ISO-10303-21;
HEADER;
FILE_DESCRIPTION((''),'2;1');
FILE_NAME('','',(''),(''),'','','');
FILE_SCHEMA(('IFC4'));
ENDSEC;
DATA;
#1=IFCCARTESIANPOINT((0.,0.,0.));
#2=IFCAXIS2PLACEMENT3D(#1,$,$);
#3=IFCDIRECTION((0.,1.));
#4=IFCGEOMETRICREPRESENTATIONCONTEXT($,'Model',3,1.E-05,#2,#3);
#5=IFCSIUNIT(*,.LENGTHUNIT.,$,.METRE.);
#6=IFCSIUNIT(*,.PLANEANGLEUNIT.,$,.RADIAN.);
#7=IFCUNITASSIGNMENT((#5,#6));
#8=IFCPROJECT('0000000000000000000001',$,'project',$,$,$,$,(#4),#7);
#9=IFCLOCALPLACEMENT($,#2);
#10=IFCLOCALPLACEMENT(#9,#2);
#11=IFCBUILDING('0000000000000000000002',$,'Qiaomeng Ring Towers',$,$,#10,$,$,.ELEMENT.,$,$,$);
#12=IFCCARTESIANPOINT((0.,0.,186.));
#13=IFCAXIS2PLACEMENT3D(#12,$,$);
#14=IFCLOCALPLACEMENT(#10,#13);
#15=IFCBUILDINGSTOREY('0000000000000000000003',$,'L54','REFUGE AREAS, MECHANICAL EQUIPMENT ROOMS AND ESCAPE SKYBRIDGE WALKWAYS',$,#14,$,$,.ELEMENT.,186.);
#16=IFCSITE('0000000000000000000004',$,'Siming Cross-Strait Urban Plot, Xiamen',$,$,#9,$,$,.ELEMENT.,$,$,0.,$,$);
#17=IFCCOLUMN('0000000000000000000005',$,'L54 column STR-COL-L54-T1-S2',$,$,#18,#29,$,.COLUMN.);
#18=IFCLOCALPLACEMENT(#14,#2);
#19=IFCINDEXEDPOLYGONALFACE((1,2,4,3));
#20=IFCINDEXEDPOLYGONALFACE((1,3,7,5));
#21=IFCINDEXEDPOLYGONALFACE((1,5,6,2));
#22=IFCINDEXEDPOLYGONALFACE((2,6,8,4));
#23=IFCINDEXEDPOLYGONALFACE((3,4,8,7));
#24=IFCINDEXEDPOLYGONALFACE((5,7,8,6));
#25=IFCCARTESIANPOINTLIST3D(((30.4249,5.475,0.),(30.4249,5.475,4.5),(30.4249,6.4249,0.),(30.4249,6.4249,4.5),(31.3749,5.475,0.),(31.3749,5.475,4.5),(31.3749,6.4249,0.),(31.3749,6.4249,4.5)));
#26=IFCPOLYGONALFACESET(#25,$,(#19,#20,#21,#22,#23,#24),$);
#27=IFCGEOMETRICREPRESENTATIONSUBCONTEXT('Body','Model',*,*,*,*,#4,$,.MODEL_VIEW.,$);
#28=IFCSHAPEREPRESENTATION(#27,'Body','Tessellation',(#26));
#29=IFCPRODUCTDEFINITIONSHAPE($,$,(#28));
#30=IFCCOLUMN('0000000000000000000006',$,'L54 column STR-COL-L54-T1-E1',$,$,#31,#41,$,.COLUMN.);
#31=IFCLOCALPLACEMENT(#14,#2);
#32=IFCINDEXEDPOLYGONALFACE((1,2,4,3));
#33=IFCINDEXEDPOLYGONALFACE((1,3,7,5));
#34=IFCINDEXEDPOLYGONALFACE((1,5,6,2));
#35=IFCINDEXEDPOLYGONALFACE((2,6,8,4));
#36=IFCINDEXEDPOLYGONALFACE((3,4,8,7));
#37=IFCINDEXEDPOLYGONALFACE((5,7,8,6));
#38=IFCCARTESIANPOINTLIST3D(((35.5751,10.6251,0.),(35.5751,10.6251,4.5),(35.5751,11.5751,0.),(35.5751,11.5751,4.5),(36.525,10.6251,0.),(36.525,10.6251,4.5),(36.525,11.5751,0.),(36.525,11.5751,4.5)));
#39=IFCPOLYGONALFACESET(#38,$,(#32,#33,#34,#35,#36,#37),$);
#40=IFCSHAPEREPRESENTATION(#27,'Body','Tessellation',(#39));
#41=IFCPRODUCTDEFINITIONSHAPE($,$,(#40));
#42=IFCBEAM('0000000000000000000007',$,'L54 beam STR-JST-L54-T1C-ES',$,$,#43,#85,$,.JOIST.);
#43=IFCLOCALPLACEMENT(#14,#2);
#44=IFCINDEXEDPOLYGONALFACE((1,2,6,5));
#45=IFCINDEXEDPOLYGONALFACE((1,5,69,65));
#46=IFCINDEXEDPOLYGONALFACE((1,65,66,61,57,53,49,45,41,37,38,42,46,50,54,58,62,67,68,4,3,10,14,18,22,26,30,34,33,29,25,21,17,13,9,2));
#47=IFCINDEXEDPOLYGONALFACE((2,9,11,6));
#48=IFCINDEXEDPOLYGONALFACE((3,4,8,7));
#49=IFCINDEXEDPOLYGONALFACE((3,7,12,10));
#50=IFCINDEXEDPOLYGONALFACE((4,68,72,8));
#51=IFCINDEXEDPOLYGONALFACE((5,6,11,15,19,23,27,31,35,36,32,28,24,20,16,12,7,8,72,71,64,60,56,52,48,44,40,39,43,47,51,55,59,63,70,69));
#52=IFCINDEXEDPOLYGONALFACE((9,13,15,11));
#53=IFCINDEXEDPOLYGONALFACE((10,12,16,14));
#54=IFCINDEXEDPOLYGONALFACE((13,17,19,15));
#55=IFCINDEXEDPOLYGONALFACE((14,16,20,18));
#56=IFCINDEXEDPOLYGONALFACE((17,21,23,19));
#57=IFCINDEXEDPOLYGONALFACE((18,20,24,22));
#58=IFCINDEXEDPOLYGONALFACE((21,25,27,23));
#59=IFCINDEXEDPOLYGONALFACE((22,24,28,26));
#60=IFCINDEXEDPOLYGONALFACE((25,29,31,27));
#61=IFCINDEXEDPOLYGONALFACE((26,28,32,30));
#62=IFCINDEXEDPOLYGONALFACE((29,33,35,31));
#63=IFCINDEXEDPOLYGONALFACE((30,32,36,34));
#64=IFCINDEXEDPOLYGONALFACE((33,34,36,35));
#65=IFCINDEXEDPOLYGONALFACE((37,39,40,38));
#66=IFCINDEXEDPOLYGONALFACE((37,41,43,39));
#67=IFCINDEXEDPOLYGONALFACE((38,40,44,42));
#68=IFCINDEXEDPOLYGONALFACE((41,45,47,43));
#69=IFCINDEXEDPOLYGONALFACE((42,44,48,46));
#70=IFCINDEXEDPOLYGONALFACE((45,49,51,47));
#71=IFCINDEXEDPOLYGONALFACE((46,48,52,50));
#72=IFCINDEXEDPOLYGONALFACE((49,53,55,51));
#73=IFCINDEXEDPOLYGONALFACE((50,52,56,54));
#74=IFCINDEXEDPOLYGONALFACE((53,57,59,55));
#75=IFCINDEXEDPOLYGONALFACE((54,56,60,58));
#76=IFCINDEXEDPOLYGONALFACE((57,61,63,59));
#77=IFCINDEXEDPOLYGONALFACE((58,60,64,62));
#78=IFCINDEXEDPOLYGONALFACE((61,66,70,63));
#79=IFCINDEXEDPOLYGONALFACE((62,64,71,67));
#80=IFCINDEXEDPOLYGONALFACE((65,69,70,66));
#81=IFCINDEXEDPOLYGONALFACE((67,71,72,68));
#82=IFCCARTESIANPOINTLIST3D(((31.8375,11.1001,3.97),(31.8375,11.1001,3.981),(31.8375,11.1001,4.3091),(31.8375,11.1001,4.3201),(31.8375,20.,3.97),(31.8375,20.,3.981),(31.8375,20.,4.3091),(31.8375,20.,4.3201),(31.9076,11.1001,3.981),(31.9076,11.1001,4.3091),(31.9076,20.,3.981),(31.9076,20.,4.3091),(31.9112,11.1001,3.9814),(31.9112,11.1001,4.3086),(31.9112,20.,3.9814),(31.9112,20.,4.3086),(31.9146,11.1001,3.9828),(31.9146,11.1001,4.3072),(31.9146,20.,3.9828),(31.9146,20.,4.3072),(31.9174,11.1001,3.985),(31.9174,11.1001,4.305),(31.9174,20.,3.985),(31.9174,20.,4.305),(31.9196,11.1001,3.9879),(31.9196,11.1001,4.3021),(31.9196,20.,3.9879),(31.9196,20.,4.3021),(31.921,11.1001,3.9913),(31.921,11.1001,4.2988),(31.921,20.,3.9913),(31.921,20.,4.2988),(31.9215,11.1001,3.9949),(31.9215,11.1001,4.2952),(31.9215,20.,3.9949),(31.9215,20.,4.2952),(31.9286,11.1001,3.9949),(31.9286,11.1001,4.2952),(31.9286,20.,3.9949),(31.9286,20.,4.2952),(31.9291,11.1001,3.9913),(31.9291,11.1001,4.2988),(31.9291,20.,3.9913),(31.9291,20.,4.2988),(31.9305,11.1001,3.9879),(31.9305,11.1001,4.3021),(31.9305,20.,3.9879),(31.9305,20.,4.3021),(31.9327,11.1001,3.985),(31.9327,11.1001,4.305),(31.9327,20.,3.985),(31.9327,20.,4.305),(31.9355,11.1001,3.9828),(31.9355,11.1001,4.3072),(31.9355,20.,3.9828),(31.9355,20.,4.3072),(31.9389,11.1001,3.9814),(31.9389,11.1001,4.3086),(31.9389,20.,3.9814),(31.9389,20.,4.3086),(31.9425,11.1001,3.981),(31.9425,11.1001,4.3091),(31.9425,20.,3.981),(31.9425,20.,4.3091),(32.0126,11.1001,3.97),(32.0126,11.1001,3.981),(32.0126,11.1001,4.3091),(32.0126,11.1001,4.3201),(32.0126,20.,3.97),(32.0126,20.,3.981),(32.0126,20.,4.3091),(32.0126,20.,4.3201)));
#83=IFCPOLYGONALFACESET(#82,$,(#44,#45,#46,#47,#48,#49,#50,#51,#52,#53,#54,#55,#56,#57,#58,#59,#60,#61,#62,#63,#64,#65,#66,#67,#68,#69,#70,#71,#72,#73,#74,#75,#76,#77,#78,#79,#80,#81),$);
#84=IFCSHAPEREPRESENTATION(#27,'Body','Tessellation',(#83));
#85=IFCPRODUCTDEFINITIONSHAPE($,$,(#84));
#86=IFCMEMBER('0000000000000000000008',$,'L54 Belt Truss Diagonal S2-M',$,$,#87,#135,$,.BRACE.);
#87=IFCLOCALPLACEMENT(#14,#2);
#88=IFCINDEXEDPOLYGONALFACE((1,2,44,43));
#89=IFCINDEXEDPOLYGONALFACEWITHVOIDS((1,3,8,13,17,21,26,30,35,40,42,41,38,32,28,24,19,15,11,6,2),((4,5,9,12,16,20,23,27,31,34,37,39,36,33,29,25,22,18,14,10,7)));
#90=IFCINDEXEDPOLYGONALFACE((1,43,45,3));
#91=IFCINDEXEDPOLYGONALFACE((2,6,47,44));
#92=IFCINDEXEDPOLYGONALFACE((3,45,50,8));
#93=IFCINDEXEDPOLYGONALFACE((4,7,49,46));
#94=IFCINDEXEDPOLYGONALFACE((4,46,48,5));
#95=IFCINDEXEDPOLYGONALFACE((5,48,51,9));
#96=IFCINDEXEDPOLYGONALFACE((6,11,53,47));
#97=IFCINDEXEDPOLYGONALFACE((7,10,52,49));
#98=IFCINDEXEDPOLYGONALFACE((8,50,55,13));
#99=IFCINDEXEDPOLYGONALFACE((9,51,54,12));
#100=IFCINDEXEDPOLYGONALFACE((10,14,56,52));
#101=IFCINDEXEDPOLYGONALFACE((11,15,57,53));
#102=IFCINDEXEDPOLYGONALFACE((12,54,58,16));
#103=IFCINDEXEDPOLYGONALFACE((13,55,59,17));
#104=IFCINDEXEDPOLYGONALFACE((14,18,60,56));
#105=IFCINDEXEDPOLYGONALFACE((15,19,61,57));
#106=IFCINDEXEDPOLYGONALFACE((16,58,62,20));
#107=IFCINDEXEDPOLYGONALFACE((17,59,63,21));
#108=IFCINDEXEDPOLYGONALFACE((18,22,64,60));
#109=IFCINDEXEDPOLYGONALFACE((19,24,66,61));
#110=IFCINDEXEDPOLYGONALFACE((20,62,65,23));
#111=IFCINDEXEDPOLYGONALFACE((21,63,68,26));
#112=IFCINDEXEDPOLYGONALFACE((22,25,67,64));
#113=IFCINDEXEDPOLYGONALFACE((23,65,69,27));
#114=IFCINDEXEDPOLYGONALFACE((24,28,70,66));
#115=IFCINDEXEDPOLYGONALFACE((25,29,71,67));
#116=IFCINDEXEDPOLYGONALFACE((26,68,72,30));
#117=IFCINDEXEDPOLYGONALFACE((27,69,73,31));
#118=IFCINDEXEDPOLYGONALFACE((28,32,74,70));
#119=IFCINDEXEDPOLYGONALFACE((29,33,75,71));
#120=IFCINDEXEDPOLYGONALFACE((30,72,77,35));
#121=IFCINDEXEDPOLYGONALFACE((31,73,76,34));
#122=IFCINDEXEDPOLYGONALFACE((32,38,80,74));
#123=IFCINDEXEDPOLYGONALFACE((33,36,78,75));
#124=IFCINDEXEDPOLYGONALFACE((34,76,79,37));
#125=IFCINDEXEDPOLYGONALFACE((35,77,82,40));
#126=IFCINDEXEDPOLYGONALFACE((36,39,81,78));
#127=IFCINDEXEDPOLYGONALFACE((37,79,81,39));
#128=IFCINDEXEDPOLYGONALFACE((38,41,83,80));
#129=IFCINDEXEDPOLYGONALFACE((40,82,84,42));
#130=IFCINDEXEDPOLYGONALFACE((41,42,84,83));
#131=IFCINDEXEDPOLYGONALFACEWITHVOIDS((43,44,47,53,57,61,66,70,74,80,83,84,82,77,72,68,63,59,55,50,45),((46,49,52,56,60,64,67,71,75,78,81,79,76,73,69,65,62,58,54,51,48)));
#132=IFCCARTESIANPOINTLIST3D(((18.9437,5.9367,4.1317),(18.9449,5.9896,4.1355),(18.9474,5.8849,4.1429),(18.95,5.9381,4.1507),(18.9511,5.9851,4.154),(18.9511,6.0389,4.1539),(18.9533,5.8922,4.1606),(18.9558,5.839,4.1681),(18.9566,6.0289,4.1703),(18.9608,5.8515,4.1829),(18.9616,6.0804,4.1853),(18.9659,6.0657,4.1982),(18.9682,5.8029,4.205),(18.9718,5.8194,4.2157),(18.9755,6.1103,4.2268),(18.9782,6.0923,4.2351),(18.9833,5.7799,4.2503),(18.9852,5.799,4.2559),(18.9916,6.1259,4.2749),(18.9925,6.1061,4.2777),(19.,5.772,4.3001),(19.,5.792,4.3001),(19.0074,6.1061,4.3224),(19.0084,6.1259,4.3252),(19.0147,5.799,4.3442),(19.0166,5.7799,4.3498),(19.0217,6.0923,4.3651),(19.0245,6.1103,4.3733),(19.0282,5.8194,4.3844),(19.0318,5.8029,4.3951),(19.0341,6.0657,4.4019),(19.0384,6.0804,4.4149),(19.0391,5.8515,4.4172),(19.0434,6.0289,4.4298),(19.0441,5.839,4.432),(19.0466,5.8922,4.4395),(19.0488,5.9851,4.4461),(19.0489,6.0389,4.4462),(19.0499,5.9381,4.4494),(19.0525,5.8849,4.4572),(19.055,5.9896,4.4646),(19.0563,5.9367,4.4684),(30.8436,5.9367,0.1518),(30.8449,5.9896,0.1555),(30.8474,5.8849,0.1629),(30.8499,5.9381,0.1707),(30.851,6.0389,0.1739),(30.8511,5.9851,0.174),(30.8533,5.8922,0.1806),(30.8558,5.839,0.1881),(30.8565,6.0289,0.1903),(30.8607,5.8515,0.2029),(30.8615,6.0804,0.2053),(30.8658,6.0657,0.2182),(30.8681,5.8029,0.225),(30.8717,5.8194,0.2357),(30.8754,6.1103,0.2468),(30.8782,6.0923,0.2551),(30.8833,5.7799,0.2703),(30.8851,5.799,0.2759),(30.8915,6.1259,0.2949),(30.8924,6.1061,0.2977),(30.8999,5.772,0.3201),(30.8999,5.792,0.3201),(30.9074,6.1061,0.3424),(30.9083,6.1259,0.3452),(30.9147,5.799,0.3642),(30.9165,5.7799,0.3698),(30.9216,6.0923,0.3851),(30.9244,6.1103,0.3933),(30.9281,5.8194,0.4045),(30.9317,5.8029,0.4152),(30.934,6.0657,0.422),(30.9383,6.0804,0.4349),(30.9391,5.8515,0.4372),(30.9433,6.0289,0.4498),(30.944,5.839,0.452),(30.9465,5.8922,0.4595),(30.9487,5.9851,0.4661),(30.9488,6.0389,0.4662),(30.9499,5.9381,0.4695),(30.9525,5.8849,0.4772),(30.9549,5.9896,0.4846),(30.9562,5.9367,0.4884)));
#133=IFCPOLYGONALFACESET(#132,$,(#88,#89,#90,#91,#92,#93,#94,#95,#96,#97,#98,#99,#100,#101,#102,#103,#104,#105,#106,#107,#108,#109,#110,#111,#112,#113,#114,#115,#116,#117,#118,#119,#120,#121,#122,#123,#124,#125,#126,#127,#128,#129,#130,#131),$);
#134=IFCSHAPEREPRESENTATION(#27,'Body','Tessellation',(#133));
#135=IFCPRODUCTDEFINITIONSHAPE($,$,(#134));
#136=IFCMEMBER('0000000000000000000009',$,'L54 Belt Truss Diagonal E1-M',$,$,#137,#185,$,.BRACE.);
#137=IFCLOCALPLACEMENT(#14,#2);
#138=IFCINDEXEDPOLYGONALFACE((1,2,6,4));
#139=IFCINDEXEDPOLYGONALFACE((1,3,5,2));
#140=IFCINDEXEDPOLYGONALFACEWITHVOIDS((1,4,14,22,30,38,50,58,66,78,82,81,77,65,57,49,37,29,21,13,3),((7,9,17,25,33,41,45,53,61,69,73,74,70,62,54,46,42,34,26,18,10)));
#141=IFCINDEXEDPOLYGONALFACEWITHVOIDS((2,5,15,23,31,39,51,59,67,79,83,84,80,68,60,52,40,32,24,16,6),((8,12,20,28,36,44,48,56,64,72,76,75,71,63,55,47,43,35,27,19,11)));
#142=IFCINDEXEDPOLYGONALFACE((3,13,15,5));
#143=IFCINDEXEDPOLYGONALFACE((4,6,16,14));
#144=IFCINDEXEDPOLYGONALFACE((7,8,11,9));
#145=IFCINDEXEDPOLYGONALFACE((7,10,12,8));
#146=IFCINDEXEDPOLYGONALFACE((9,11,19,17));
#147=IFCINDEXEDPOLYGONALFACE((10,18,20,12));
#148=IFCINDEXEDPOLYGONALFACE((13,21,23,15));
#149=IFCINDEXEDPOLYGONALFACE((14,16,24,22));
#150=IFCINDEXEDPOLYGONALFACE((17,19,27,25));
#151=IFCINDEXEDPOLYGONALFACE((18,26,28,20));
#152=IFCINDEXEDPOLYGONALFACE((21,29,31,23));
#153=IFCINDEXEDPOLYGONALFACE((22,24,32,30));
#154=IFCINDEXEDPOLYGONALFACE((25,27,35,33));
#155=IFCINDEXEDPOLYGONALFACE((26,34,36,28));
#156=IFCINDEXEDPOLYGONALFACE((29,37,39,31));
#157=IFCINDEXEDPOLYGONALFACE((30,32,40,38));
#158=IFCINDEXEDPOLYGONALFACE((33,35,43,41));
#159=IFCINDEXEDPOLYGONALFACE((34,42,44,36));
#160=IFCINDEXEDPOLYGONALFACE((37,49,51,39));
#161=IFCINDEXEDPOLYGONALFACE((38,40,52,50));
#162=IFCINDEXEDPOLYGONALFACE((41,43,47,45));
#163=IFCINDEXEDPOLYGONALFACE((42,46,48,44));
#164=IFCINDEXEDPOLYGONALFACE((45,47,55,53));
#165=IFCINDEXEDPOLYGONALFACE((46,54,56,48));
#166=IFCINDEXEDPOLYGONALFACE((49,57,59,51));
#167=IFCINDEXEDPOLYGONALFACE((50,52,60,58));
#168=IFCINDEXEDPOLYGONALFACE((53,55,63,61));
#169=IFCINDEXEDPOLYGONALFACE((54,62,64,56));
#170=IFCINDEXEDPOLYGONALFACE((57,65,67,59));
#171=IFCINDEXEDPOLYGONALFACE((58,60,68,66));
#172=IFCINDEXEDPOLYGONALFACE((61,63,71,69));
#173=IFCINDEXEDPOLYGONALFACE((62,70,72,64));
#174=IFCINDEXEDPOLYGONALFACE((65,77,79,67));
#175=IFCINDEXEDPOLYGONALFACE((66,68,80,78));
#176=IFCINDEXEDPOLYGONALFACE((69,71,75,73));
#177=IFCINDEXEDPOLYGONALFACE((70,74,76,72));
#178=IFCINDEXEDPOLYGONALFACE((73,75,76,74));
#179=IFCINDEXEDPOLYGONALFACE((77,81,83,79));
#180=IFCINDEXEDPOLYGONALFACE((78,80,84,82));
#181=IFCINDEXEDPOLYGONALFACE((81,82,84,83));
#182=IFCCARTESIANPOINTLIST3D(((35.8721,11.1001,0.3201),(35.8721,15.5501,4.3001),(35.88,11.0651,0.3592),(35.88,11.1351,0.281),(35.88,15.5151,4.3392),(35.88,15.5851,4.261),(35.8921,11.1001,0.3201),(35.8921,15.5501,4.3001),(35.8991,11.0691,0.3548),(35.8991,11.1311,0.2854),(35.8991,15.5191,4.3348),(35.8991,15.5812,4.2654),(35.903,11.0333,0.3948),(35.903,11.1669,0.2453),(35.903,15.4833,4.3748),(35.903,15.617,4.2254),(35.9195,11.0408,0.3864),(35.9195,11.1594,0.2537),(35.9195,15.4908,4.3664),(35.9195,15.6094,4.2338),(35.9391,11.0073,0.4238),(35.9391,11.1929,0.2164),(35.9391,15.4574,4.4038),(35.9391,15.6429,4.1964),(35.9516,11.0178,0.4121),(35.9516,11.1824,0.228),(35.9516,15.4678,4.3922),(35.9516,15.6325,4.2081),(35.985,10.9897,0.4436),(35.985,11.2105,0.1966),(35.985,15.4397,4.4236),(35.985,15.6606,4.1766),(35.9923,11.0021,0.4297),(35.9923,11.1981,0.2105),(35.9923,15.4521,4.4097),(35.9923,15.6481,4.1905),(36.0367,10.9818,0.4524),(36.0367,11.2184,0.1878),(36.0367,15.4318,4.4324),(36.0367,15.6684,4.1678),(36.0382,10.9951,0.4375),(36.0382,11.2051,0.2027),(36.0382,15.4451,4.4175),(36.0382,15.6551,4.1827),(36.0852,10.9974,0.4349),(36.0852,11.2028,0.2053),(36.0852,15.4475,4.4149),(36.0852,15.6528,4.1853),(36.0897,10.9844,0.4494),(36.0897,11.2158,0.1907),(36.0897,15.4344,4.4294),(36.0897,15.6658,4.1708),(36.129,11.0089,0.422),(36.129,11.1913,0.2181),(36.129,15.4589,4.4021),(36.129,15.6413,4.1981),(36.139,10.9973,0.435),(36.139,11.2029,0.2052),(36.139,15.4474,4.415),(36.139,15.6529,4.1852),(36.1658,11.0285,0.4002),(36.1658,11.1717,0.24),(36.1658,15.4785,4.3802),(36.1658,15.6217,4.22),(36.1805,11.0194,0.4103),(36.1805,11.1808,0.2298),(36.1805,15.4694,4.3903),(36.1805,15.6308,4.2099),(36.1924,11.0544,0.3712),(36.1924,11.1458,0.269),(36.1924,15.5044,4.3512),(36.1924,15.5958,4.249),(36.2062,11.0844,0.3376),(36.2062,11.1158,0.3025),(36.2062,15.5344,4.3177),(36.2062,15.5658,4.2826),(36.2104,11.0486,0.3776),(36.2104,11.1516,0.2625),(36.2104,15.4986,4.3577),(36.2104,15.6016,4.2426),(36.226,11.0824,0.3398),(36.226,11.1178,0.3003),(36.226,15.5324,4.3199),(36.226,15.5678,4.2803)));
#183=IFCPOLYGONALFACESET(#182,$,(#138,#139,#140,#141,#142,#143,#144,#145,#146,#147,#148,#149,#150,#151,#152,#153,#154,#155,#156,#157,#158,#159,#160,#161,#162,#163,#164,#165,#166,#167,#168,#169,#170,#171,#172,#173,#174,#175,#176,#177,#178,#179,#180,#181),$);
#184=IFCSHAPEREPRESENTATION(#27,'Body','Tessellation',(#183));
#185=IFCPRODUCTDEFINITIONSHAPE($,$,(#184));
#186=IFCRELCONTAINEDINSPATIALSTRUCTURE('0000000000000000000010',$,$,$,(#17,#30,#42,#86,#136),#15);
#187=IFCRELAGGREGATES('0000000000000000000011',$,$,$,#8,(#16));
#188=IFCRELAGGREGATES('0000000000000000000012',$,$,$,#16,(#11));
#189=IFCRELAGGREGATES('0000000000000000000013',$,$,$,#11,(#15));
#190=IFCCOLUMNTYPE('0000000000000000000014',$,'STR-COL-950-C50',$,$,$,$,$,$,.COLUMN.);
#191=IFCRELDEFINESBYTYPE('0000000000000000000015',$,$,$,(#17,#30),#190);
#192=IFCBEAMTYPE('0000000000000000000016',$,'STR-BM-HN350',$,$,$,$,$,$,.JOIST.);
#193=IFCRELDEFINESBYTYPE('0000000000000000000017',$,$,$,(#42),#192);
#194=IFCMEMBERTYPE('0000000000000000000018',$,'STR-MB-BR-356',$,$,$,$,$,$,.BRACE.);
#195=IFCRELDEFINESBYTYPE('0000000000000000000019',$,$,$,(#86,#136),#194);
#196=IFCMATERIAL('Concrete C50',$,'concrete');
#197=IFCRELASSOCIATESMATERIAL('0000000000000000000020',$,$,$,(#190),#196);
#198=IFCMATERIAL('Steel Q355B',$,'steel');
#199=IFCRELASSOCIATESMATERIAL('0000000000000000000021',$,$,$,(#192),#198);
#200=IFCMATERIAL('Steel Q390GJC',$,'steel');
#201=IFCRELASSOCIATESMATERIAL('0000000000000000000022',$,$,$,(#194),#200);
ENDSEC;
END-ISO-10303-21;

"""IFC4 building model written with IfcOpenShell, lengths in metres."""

from ifc_helpers import new_model, si_unit, direction, frame, origin, origin_2d, place, context, subcontext, project, spatial, rectangle, hollow_circle, i_section, extrude, source, transform, mapped, material, material_profile, profile_set, type_object, element, save


model = new_model("IFC4")

# Units and contexts
model_context = context("Model", 3, precision=1e-05, world=origin(), true_north=direction((0.0, 1.0)))
body_context = subcontext(model_context, "Body", "Model", "MODEL_VIEW")
ifc_project = project(units=[si_unit("LENGTHUNIT", "METRE"), si_unit("PLANEANGLEUNIT", "RADIAN")], contexts=[model_context])

# Site, building, storey
site_placement = place(None, origin())
site = spatial("IfcSite", under=ifc_project, at=site_placement, Name="Siming Cross-Strait Urban Plot, Xiamen", CompositionType="ELEMENT", RefElevation=0.0)
building_placement = place(site_placement, origin())
building = spatial("IfcBuilding", under=site, at=building_placement, Name="Qiaomeng Ring Towers", CompositionType="ELEMENT")
storey_placement = place(building_placement, frame((0.0, 0.0, 186.0)))
storey = spatial("IfcBuildingStorey", under=building, at=storey_placement, Name="L54", Description="REFUGE AREAS, MECHANICAL EQUIPMENT ROOMS AND ESCAPE SKYBRIDGE WALKWAYS", CompositionType="ELEMENT", Elevation=186.0)

# Columns
ifc_material_1 = material(Name="Concrete C50", Category="concrete")
ifc_material_profile_1 = material_profile(ifc_material_1, rectangle(XDim=0.95, YDim=0.95, at=origin_2d()), Name="RC COL 950x950")
ifc_profile_set_1 = profile_set([ifc_material_profile_1], Name="Concrete C50")
column_type = type_object("IfcColumnType", Name="STR-COL-950-C50", PredefinedType="COLUMN", material=ifc_profile_set_1)
shared_shape_1 = source(origin(), body_context, "Body", "SweptSolid", [
    extrude(rectangle(XDim=0.95, YDim=0.95, at=origin_2d()), origin(), (0.0, 0.0, 1.0), 4.5),
])
for number, where, z_axis, x_axis, name in (
    (1, (30.8999, 5.95, 0.0), (0.0, 0.0, 1.0), (1.0, 0.0, 0.0), "L54 column STR-COL-L54-T1-S2"),
    (2, (36.05, 11.1001, 0.0), (0.0, 0.0, 1.0), (1.0, 0.0, 0.0), "L54 column STR-COL-L54-T1-E1"),
):
    element("IfcColumn", number, at=place(storey_placement, frame(where, z_axis=z_axis, x_axis=x_axis)), inside=storey, type_object=column_type, Name=name, PredefinedType="COLUMN", context=body_context, shape_type="MappedRepresentation", body=[
        mapped(shared_shape_1, transform((0.0, 0.0, 0.0), x_axis=(1.0, 0.0, 0.0), y_axis=(0.0, 1.0, 0.0), z_axis=(0.0, 0.0, 1.0), scale=1.0)),
    ])

# Beam
ifc_material_2 = material(Name="Steel Q355B", Category="steel")
ifc_material_profile_2 = material_profile(ifc_material_2, i_section(OverallWidth=0.175, OverallDepth=0.3501, WebThickness=0.0071, FlangeThickness=0.011, FilletRadius=0.0139, at=origin_2d()), Name="HN 350x175x7x11")
ifc_profile_set_2 = profile_set([ifc_material_profile_2], Name="Steel Q355B")
beam_type_1 = type_object("IfcBeamType", Name="STR-BM-HN350", PredefinedType="JOIST", material=ifc_profile_set_2)
shared_shape_2 = source(origin(), body_context, "Body", "SweptSolid", [
    extrude(i_section(OverallWidth=0.175, OverallDepth=0.3501, WebThickness=0.0071, FlangeThickness=0.011, FilletRadius=0.0139, at=origin_2d()), origin(), (0.0, 0.0, 1.0), 8.8999),
])
beam_1_placement = place(storey_placement, frame((31.925, 11.1001, 4.145), z_axis=(0.0, 1.0, 0.0), x_axis=(-1.0, 0.0, 0.0)))
element("IfcBeam", 3, at=beam_1_placement, inside=storey, type_object=beam_type_1, Name="L54 beam STR-JST-L54-T1C-ES", PredefinedType="JOIST", context=body_context, shape_type="MappedRepresentation", body=[
    mapped(shared_shape_2, transform((0.0, 0.0, 0.0), x_axis=(1.0, 0.0, 0.0), y_axis=(0.0, 1.0, 0.0), z_axis=(0.0, 0.0, 1.0), scale=1.0)),
])

# Members
ifc_material_3 = material(Name="Steel Q390GJC", Category="steel")
ifc_material_profile_3 = material_profile(ifc_material_3, hollow_circle(Radius=0.178, WallThickness=0.02, at=origin_2d()), Name="CHS 356x20")
ifc_profile_set_3 = profile_set([ifc_material_profile_3], Name="Steel Q390GJC")
member_type_1 = type_object("IfcMemberType", Name="STR-MB-BR-356", PredefinedType="BRACE", material=ifc_profile_set_3)
shared_shape_3 = source(origin(), body_context, "Body", "SweptSolid", [
    extrude(hollow_circle(Radius=0.178, WallThickness=0.02, at=origin_2d()), origin(), (0.0, 0.0, 1.0), 12.5479),
])
member_1_placement = place(storey_placement, frame((30.8999, 5.95, 0.3201), z_axis=(-0.948364, 0.0, 0.317185), x_axis=(0.0, -1.0, 0.0)))
element("IfcMember", 4, at=member_1_placement, inside=storey, type_object=member_type_1, Name="L54 Belt Truss Diagonal S2-M", PredefinedType="BRACE", context=body_context, shape_type="MappedRepresentation", body=[
    mapped(shared_shape_3, transform((0.0, 0.0, 0.0), x_axis=(1.0, 0.0, 0.0), y_axis=(0.0, 1.0, 0.0), z_axis=(0.0, 0.0, 1.0), scale=1.0)),
])
shared_shape_4 = source(origin(), body_context, "Body", "SweptSolid", [
    extrude(hollow_circle(Radius=0.178, WallThickness=0.02, at=origin_2d()), origin(), (0.0, 0.0, 1.0), 5.9702),
])
member_2_placement = place(storey_placement, frame((36.05, 11.1001, 0.3201), z_axis=(0.0, 0.745371, 0.66665), x_axis=(-1.0, 0.0, 0.0)))
element("IfcMember", 5, at=member_2_placement, inside=storey, type_object=member_type_1, Name="L54 Belt Truss Diagonal E1-M", PredefinedType="BRACE", context=body_context, shape_type="MappedRepresentation", body=[
    mapped(shared_shape_4, transform((0.0, 0.0, 0.0), x_axis=(1.0, 0.0, 0.0), y_axis=(0.0, 1.0, 0.0), z_axis=(0.0, 0.0, 1.0), scale=1.0)),
])

save(model, "model.ifc")
